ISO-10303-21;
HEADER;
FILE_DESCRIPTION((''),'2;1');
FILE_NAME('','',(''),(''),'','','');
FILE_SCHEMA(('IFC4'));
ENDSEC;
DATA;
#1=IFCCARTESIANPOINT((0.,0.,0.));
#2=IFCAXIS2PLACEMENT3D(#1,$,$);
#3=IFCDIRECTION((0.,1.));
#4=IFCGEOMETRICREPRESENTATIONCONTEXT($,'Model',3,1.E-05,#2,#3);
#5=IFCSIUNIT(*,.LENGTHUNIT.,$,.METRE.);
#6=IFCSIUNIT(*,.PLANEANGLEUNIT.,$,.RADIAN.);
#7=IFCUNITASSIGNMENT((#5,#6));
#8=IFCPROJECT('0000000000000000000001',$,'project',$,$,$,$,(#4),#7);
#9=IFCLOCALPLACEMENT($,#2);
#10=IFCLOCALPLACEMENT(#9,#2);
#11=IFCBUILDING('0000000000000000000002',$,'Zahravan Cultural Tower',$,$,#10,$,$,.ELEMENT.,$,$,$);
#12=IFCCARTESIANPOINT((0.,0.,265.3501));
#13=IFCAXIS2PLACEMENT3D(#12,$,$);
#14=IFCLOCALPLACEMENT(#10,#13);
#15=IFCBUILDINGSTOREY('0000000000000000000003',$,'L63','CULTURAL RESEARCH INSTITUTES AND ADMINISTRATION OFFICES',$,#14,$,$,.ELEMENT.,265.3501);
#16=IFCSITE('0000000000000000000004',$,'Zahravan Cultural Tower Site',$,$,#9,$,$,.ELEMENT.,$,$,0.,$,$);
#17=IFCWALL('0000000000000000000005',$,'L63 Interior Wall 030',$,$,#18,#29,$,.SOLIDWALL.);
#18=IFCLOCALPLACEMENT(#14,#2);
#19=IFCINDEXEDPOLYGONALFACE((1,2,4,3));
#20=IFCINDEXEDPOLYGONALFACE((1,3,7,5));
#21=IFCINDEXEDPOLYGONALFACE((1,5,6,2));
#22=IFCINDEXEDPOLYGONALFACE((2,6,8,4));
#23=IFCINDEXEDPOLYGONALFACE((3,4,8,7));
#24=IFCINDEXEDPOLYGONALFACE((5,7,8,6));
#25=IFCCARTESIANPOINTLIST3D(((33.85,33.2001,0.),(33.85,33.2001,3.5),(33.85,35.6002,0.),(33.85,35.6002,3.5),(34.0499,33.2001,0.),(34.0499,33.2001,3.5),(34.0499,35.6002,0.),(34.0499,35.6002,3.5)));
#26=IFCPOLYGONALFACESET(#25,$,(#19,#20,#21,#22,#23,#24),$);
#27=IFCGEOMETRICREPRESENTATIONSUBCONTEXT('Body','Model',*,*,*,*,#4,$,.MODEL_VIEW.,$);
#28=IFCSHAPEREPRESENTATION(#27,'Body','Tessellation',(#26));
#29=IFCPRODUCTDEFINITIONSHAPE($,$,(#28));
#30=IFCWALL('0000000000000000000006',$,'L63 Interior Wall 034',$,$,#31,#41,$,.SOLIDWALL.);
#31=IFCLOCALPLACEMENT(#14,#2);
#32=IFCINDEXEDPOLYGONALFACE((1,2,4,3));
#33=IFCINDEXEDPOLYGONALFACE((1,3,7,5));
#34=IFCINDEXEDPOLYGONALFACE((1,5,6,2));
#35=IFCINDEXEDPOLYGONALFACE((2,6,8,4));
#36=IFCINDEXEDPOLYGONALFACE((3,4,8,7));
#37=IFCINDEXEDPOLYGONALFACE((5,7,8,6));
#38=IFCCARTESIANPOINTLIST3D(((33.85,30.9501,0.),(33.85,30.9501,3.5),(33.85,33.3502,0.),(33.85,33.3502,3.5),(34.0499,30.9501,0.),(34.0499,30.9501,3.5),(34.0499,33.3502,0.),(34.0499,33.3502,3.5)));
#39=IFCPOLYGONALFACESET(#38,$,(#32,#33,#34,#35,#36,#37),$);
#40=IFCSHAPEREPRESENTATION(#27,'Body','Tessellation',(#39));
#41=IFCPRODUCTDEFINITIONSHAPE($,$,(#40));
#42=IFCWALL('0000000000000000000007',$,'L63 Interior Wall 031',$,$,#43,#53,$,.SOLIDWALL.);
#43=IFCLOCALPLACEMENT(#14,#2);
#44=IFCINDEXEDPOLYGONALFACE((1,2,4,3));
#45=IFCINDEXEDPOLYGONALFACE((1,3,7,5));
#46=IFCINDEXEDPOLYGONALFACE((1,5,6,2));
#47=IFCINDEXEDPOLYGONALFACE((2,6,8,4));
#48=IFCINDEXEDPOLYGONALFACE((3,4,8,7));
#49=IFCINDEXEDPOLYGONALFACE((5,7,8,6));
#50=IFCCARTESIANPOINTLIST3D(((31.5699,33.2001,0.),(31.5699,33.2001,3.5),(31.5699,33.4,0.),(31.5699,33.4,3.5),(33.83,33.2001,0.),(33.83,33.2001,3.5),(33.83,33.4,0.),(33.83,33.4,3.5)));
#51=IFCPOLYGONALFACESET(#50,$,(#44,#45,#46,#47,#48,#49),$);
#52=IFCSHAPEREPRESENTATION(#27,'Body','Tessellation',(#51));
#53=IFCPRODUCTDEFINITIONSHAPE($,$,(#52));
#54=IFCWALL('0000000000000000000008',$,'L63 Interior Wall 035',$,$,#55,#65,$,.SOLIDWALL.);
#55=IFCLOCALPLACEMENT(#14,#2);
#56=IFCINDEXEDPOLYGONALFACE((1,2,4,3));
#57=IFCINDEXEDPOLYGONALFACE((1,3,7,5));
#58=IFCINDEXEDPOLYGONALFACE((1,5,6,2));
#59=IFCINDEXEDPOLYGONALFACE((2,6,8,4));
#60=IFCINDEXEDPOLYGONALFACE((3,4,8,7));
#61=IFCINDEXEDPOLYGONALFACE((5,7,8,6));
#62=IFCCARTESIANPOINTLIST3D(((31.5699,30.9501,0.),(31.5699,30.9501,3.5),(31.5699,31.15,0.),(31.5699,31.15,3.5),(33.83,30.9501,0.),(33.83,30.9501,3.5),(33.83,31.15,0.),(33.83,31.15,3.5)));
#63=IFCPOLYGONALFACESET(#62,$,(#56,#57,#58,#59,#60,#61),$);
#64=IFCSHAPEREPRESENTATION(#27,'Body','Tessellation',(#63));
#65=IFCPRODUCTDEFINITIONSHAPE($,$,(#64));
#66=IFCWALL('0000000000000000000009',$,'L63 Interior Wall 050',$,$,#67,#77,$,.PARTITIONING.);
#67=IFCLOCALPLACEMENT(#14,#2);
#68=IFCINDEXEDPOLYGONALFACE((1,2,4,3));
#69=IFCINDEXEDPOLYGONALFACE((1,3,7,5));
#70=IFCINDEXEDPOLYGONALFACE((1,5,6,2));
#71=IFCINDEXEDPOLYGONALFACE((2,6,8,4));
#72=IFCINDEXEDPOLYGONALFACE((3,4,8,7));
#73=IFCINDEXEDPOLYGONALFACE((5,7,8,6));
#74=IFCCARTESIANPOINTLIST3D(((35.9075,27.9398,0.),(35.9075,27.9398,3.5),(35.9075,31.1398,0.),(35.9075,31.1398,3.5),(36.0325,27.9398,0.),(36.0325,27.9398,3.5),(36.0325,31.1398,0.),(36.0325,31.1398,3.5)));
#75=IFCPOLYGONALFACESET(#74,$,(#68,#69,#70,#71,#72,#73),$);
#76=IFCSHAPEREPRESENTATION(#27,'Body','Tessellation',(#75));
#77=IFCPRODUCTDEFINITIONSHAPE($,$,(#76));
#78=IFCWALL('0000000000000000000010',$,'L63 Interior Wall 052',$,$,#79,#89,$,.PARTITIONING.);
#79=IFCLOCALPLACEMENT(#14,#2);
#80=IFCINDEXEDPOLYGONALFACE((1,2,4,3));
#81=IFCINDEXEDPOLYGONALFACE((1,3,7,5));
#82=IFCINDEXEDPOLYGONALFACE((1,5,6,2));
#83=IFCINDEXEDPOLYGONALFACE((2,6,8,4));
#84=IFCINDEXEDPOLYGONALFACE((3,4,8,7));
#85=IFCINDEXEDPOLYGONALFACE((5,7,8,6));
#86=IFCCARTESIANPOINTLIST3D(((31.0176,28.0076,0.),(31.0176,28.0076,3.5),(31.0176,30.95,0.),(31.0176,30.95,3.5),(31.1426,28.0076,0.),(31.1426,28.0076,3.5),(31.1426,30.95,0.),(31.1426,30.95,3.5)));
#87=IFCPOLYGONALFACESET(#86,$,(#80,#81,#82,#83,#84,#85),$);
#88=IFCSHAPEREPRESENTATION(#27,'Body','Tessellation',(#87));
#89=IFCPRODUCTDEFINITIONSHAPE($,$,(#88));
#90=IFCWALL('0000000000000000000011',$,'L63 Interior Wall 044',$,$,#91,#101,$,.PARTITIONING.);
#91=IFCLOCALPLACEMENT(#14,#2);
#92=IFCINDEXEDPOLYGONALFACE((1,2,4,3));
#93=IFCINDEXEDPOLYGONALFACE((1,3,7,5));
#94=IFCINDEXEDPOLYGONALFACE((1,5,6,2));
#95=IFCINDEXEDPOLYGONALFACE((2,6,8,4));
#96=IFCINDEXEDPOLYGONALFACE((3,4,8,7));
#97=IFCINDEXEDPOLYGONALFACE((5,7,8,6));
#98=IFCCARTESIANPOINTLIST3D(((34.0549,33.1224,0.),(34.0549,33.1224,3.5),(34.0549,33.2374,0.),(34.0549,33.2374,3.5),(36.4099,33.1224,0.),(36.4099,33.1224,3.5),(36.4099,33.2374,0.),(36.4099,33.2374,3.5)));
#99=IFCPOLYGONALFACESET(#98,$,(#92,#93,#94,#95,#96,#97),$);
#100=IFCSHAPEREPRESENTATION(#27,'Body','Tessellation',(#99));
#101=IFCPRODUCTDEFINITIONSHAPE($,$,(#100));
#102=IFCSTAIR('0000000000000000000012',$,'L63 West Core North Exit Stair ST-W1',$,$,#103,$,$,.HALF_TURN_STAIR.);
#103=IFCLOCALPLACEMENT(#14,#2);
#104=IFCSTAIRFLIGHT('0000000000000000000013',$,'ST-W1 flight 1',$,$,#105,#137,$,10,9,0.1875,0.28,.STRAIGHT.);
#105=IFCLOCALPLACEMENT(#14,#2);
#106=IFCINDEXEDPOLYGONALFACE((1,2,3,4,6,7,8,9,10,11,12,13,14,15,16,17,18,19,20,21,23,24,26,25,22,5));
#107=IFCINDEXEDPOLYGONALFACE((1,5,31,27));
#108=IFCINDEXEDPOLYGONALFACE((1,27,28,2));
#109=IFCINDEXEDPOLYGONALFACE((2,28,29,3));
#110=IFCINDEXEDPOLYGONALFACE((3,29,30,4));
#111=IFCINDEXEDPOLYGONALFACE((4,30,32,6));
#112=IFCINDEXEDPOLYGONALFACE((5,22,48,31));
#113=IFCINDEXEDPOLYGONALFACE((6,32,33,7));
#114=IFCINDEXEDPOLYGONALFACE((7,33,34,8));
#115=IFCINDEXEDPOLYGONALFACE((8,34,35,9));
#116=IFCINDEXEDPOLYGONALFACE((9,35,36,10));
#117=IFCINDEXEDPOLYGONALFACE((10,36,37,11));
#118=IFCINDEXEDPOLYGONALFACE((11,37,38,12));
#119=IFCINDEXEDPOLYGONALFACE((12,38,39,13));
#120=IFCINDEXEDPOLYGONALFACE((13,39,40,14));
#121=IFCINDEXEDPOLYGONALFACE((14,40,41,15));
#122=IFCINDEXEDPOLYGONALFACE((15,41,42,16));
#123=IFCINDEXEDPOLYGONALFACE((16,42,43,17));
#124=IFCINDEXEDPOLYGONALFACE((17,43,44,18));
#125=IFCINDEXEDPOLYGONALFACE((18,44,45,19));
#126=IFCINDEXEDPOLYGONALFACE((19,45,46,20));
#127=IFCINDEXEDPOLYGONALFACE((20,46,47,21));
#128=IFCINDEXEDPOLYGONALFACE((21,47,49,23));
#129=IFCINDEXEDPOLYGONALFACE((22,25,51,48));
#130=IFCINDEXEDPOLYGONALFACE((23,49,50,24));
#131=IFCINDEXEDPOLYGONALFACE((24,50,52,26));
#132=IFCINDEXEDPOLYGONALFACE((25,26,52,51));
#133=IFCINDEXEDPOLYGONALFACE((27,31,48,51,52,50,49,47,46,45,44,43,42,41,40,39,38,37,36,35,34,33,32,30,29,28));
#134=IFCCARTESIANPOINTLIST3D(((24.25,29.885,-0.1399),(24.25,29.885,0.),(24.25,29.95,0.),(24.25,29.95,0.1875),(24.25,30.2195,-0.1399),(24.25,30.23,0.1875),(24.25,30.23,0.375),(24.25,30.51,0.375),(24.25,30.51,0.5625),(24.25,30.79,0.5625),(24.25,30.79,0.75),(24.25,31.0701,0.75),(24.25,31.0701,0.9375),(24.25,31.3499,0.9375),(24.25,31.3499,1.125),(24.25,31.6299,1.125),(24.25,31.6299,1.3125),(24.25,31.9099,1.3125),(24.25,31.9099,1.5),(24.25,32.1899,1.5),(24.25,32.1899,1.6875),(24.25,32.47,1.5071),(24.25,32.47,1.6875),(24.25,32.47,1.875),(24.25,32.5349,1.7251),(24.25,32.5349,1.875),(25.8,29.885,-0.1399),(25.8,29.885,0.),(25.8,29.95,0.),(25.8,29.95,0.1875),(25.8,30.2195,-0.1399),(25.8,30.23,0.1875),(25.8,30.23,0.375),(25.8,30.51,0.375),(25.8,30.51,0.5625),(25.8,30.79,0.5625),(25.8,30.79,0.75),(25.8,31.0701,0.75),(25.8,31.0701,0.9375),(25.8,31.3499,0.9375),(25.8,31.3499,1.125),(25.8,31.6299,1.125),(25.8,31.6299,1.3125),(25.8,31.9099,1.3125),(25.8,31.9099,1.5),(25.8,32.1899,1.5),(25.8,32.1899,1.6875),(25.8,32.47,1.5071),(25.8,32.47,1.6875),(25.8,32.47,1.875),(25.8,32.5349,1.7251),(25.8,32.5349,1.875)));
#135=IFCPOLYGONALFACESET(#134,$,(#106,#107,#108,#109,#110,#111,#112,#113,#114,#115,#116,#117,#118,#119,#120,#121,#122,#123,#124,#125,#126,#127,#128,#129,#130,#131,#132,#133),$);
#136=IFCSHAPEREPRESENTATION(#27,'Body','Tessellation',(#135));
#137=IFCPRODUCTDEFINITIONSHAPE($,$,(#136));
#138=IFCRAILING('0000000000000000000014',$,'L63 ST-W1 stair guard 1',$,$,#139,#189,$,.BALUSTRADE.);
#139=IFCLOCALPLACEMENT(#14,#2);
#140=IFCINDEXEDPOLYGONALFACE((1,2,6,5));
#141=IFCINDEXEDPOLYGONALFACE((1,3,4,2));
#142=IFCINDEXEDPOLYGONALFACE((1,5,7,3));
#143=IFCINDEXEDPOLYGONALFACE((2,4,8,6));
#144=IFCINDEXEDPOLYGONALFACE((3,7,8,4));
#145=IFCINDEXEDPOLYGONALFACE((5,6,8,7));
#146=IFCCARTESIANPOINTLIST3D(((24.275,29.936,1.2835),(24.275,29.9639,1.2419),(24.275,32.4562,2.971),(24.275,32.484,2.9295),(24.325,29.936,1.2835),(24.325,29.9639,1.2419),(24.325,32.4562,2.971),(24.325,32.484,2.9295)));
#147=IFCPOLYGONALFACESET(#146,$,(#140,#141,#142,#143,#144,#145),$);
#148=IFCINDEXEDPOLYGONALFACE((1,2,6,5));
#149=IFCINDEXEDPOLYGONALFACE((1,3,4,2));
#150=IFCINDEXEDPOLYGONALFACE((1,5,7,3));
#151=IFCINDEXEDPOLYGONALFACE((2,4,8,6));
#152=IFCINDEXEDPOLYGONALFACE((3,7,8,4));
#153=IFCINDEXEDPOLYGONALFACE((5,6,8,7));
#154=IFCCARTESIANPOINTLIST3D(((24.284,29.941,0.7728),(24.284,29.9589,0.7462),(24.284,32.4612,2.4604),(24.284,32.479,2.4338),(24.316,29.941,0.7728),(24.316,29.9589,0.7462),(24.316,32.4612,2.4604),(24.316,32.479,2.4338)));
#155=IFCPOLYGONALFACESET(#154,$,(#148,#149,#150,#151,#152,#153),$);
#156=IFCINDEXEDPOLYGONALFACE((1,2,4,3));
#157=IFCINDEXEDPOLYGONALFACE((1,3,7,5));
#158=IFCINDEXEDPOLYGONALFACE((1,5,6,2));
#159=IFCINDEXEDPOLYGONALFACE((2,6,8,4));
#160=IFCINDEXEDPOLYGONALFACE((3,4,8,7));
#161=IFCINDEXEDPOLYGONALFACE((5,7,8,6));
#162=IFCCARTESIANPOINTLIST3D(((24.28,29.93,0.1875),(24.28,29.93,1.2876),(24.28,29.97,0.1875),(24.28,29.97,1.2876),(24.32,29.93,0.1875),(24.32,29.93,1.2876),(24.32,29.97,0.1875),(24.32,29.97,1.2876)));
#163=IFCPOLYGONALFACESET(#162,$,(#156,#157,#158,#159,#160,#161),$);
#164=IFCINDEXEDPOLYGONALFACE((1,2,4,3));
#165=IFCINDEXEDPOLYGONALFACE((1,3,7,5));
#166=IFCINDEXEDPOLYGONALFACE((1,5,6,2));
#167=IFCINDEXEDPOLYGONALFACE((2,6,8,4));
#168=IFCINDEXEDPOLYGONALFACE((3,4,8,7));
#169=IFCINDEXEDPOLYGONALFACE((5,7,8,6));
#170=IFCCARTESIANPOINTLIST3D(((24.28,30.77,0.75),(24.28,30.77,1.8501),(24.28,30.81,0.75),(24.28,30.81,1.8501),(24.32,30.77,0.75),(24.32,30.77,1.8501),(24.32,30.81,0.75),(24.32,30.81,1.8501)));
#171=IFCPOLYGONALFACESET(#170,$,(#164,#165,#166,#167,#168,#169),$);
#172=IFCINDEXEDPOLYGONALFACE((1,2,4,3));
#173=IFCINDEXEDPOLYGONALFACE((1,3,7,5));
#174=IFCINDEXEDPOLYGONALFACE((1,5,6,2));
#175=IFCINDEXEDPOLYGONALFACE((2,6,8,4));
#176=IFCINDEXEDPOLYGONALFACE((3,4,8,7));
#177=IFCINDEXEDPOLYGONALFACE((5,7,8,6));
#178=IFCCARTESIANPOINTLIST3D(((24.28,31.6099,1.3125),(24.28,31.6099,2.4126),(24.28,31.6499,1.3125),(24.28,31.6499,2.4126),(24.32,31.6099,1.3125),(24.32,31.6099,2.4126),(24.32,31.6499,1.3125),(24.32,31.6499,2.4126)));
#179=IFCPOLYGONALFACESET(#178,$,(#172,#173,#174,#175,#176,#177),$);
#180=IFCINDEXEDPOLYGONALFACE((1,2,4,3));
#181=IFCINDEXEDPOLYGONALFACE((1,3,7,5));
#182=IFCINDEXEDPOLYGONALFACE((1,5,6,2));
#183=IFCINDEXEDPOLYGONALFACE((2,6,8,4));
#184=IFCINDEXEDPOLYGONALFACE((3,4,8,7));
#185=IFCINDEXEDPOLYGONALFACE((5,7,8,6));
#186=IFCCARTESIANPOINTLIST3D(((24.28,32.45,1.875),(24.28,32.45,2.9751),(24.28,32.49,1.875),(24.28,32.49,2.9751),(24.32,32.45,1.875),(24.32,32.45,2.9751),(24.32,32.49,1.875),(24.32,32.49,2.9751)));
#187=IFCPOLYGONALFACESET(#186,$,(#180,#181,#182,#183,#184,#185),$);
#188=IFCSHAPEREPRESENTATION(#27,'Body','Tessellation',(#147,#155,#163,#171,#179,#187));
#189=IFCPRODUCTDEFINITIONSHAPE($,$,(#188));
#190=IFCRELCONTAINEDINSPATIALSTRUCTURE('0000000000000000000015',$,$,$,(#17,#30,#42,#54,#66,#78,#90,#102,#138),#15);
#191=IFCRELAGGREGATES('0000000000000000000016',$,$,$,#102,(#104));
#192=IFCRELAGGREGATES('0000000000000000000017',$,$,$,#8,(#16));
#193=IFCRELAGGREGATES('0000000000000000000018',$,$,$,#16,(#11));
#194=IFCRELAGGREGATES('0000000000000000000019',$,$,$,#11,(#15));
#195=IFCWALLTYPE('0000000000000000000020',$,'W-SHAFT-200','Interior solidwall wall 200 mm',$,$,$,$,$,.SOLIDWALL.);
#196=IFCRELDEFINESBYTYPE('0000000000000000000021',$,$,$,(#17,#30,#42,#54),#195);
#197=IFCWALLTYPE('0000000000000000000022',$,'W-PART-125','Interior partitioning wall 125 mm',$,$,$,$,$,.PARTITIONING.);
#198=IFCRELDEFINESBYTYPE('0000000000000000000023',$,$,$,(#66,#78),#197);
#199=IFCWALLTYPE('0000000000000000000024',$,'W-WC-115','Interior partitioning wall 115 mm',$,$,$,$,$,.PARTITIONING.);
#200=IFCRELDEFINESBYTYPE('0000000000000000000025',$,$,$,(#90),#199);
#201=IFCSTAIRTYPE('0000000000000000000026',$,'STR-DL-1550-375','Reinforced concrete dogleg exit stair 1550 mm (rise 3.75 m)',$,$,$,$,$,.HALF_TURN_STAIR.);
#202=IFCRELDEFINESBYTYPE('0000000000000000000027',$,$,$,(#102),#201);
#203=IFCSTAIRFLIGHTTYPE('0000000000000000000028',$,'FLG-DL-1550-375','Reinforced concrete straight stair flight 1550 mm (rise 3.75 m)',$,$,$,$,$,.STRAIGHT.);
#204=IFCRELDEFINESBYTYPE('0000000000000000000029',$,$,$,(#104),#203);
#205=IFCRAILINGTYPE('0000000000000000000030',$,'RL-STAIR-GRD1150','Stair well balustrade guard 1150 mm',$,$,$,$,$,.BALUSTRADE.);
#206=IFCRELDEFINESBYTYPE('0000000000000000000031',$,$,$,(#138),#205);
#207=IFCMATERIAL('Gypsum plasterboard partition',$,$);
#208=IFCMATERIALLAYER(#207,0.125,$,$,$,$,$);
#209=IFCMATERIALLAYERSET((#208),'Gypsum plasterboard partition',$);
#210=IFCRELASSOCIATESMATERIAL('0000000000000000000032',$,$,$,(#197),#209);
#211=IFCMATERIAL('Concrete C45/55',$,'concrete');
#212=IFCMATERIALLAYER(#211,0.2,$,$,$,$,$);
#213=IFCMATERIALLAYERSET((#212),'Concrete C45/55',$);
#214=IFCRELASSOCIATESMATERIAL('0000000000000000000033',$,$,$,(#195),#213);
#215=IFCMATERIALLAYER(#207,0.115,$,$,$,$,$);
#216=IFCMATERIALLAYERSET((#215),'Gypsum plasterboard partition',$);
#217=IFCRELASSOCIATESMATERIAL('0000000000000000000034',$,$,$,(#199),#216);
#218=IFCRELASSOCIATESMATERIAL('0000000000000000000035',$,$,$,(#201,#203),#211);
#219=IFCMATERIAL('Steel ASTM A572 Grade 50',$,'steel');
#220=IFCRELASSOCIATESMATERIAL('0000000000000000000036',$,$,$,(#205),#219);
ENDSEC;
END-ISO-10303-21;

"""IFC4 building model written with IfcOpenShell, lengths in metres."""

from ifc_helpers import new_model, si_unit, direction, frame, frame_2d, origin, origin_2d, place, context, subcontext, project, spatial, polyline, rectangle, outline, extrude, source, transform, mapped, material, layer, layer_set, type_object, element, aggregate, save


model = new_model("IFC4")

# Units and contexts
model_context = context("Model", 3, precision=1e-05, world=origin(), true_north=direction((0.0, 1.0)))
body_context = subcontext(model_context, "Body", "Model", "MODEL_VIEW")
ifc_project = project(units=[si_unit("LENGTHUNIT", "METRE"), si_unit("PLANEANGLEUNIT", "RADIAN")], contexts=[model_context])

# Site, building, storey
site_placement = place(None, origin())
site = spatial("IfcSite", under=ifc_project, at=site_placement, Name="Zahravan Cultural Tower Site", CompositionType="ELEMENT", RefElevation=0.0)
building_placement = place(site_placement, origin())
building = spatial("IfcBuilding", under=site, at=building_placement, Name="Zahravan Cultural Tower", CompositionType="ELEMENT")
storey_placement = place(building_placement, frame((0.0, 0.0, 265.3501)))
storey = spatial("IfcBuildingStorey", under=building, at=storey_placement, Name="L63", Description="CULTURAL RESEARCH INSTITUTES AND ADMINISTRATION OFFICES", CompositionType="ELEMENT", Elevation=265.3501)

# Shared definitions
ifc_material_1 = material(Name="Steel ASTM A572 Grade 50", Category="steel")
ifc_material_2 = material(Name="Gypsum plasterboard partition")
ifc_layer_1 = layer(ifc_material_2, 0.125)
ifc_layer_set_1 = layer_set([ifc_layer_1], Name="Gypsum plasterboard partition")
wall_type_1 = type_object("IfcWallType", Name="W-PART-125", Description="Interior partitioning wall 125 mm", PredefinedType="PARTITIONING", material=ifc_layer_set_1)
ifc_material_3 = material(Name="Concrete C45/55", Category="concrete")
ifc_layer_2 = layer(ifc_material_3, 0.2)
ifc_layer_set_2 = layer_set([ifc_layer_2], Name="Concrete C45/55")
wall_type_2 = type_object("IfcWallType", Name="W-SHAFT-200", Description="Interior solidwall wall 200 mm", PredefinedType="SOLIDWALL", material=ifc_layer_set_2)

# Walls
shared_shape_1 = source(origin(), body_context, "Body", "SweptSolid", [
    extrude(rectangle(XDim=2.4001, YDim=0.2, at=frame_2d((1.2002, 0.0))), origin(), (0.0, 0.0, 1.0), 3.5),
])
for number, where, z_axis, x_axis, name in (
    (1, (33.95, 33.2, 0.0), (0.0, 0.0, 1.0), (0.0, 1.0, 0.0), "L63 Interior Wall 030"),
    (2, (33.95, 30.95, 0.0), (0.0, 0.0, 1.0), (0.0, 1.0, 0.0), "L63 Interior Wall 034"),
):
    element("IfcWall", number, at=place(storey_placement, frame(where, z_axis=z_axis, x_axis=x_axis)), inside=storey, type_object=wall_type_2, Name=name, PredefinedType="SOLIDWALL", context=body_context, shape_type="MappedRepresentation", body=[
        mapped(shared_shape_1, transform((0.0, 0.0, 0.0), x_axis=(1.0, 0.0, 0.0), y_axis=(0.0, 1.0, 0.0), z_axis=(0.0, 0.0, 1.0), scale=1.0)),
    ])
shared_shape_2 = source(origin(), body_context, "Body", "SweptSolid", [
    extrude(rectangle(XDim=2.26, YDim=0.2, at=frame_2d((1.1299, 0.0))), origin(), (0.0, 0.0, 1.0), 3.5),
])
for number, where, z_axis, x_axis, name in (
    (3, (31.5701, 33.3, 0.0), (0.0, 0.0, 1.0), (1.0, 0.0, 0.0), "L63 Interior Wall 031"),
    (4, (31.5701, 31.05, 0.0), (0.0, 0.0, 1.0), (1.0, 0.0, 0.0), "L63 Interior Wall 035"),
):
    element("IfcWall", number, at=place(storey_placement, frame(where, z_axis=z_axis, x_axis=x_axis)), inside=storey, type_object=wall_type_2, Name=name, PredefinedType="SOLIDWALL", context=body_context, shape_type="MappedRepresentation", body=[
        mapped(shared_shape_2, transform((0.0, 0.0, 0.0), x_axis=(1.0, 0.0, 0.0), y_axis=(0.0, 1.0, 0.0), z_axis=(0.0, 0.0, 1.0), scale=1.0)),
    ])
shared_shape_3 = source(origin(), body_context, "Body", "SweptSolid", [
    extrude(rectangle(XDim=3.2, YDim=0.125, at=frame_2d((1.6001, 0.0))), origin(), (0.0, 0.0, 1.0), 3.5),
])
wall_1_placement = place(storey_placement, frame((35.97, 31.1399, 0.0), z_axis=(0.0, 0.0, 1.0), x_axis=(0.0, -1.0, 0.0)))
element("IfcWall", 5, at=wall_1_placement, inside=storey, type_object=wall_type_1, Name="L63 Interior Wall 050", PredefinedType="PARTITIONING", context=body_context, shape_type="MappedRepresentation", body=[
    mapped(shared_shape_3, transform((0.0, 0.0, 0.0), x_axis=(1.0, 0.0, 0.0), y_axis=(0.0, 1.0, 0.0), z_axis=(0.0, 0.0, 1.0), scale=1.0)),
])
shared_shape_4 = source(origin(), body_context, "Body", "SweptSolid", [
    extrude(rectangle(XDim=2.9424, YDim=0.125, at=frame_2d((1.4712, 0.0))), origin(), (0.0, 0.0, 1.0), 3.5),
])
wall_2_placement = place(storey_placement, frame((31.0801, 28.0076, 0.0), z_axis=(0.0, 0.0, 1.0), x_axis=(0.0, 1.0, 0.0)))
element("IfcWall", 6, at=wall_2_placement, inside=storey, type_object=wall_type_1, Name="L63 Interior Wall 052", PredefinedType="PARTITIONING", context=body_context, shape_type="MappedRepresentation", body=[
    mapped(shared_shape_4, transform((0.0, 0.0, 0.0), x_axis=(1.0, 0.0, 0.0), y_axis=(0.0, 1.0, 0.0), z_axis=(0.0, 0.0, 1.0), scale=1.0)),
])
ifc_layer_3 = layer(ifc_material_2, 0.115)
ifc_layer_set_3 = layer_set([ifc_layer_3], Name="Gypsum plasterboard partition")
wall_type_3 = type_object("IfcWallType", Name="W-WC-115", Description="Interior partitioning wall 115 mm", PredefinedType="PARTITIONING", material=ifc_layer_set_3)
shared_shape_5 = source(origin(), body_context, "Body", "SweptSolid", [
    extrude(rectangle(XDim=2.355, YDim=0.115, at=frame_2d((1.1775, 0.0))), origin(), (0.0, 0.0, 1.0), 3.5),
])
wall_3_placement = place(storey_placement, frame((34.0549, 33.1799, 0.0), z_axis=(0.0, 0.0, 1.0), x_axis=(1.0, 0.0, 0.0)))
element("IfcWall", 7, at=wall_3_placement, inside=storey, type_object=wall_type_3, Name="L63 Interior Wall 044", PredefinedType="PARTITIONING", context=body_context, shape_type="MappedRepresentation", body=[
    mapped(shared_shape_5, transform((0.0, 0.0, 0.0), x_axis=(1.0, 0.0, 0.0), y_axis=(0.0, 1.0, 0.0), z_axis=(0.0, 0.0, 1.0), scale=1.0)),
])

# Stair, stair flight
stair_type = type_object("IfcStairType", Name="STR-DL-1550-375", Description="Reinforced concrete dogleg exit stair 1550 mm (rise 3.75 m)", PredefinedType="HALF_TURN_STAIR", material=ifc_material_3)
stair_placement = place(storey_placement, origin())
stair = element("IfcStair", 8, at=stair_placement, inside=storey, type_object=stair_type, Name="L63 West Core North Exit Stair ST-W1", PredefinedType="HALF_TURN_STAIR")
stair_flight_type = type_object("IfcStairFlightType", Name="FLG-DL-1550-375", Description="Reinforced concrete straight stair flight 1550 mm (rise 3.75 m)", PredefinedType="STRAIGHT", material=ifc_material_3)
stair_flight_placement = place(storey_placement, frame((25.0249, 29.95, 0.0), z_axis=(0.0, 0.0, 1.0), x_axis=(0.0, 1.0, 0.0)))
stair_flight = element("IfcStairFlight", 9, at=stair_flight_placement, type_object=stair_flight_type, Name="ST-W1 flight 1", NumberOfRisers=10, NumberOfTreads=9, PredefinedType="STRAIGHT", RiserHeight=0.1875, TreadLength=0.28, context=body_context, shape_type="SweptSolid", body=[
    extrude(outline(polyline([(-0.0649, -0.1399), (-0.0649, 0.0), (0.0, 0.0), (0.0, 0.1875), (0.28, 0.1875), (0.28, 0.375), (0.5601, 0.375), (0.5601, 0.5625), (0.8401, 0.5625), (0.8401, 0.75), (1.1201, 0.75), (1.1201, 0.9375), (1.3999, 0.9375), (1.3999, 1.125), (1.6799, 1.125), (1.6799, 1.3125), (1.96, 1.3125), (1.96, 1.5), (2.24, 1.5), (2.24, 1.6875), (2.52, 1.6875), (2.52, 1.875), (2.585, 1.875), (2.585, 1.7251), (2.52, 1.5071), (0.2695, -0.1399), (-0.0649, -0.1399)])), frame((0.0, 0.7749, 0.0), z_axis=(0.0, -1.0, 0.0), x_axis=(1.0, 0.0, 0.0)), (0.0, 0.0, 1.0), 1.55),
])
aggregate(stair, [stair_flight])

# Railing
railing_type_1 = type_object("IfcRailingType", Name="RL-STAIR-GRD1150", Description="Stair well balustrade guard 1150 mm", PredefinedType="BALUSTRADE", material=ifc_material_1)
railing_1_placement = place(storey_placement, frame((24.3, 29.95, 0.1875)))
element("IfcRailing", 10, at=railing_1_placement, inside=storey, type_object=railing_type_1, Name="L63 ST-W1 stair guard 1", PredefinedType="BALUSTRADE", context=body_context, shape_type="SweptSolid", body=[
    extrude(rectangle(XDim=0.05, YDim=0.05, at=origin_2d()), frame((0.0, 0.0, 1.0752), z_axis=(0.0, 0.830909, 0.556408), x_axis=(-1.0, 0.0, 0.0)), (0.0, 0.0, 1.0), 3.033),
    extrude(rectangle(XDim=0.032, YDim=0.032, at=origin_2d()), frame((0.0, 0.0, 0.572), z_axis=(0.0, 0.830909, 0.556408), x_axis=(-1.0, 0.0, 0.0)), (0.0, 0.0, 1.0), 3.033),
    extrude(rectangle(XDim=0.04, YDim=0.04, at=origin_2d()), origin(), (0.0, 0.0, 1.0), 1.1001),
    extrude(rectangle(XDim=0.04, YDim=0.04, at=origin_2d()), frame((0.0, 0.8401, 0.5625)), (0.0, 0.0, 1.0), 1.1001),
    extrude(rectangle(XDim=0.04, YDim=0.04, at=origin_2d()), frame((0.0, 1.6799, 1.125)), (0.0, 0.0, 1.0), 1.1001),
    extrude(rectangle(XDim=0.04, YDim=0.04, at=origin_2d()), frame((0.0, 2.52, 1.6875)), (0.0, 0.0, 1.0), 1.1001),
])

save(model, "model.ifc")
